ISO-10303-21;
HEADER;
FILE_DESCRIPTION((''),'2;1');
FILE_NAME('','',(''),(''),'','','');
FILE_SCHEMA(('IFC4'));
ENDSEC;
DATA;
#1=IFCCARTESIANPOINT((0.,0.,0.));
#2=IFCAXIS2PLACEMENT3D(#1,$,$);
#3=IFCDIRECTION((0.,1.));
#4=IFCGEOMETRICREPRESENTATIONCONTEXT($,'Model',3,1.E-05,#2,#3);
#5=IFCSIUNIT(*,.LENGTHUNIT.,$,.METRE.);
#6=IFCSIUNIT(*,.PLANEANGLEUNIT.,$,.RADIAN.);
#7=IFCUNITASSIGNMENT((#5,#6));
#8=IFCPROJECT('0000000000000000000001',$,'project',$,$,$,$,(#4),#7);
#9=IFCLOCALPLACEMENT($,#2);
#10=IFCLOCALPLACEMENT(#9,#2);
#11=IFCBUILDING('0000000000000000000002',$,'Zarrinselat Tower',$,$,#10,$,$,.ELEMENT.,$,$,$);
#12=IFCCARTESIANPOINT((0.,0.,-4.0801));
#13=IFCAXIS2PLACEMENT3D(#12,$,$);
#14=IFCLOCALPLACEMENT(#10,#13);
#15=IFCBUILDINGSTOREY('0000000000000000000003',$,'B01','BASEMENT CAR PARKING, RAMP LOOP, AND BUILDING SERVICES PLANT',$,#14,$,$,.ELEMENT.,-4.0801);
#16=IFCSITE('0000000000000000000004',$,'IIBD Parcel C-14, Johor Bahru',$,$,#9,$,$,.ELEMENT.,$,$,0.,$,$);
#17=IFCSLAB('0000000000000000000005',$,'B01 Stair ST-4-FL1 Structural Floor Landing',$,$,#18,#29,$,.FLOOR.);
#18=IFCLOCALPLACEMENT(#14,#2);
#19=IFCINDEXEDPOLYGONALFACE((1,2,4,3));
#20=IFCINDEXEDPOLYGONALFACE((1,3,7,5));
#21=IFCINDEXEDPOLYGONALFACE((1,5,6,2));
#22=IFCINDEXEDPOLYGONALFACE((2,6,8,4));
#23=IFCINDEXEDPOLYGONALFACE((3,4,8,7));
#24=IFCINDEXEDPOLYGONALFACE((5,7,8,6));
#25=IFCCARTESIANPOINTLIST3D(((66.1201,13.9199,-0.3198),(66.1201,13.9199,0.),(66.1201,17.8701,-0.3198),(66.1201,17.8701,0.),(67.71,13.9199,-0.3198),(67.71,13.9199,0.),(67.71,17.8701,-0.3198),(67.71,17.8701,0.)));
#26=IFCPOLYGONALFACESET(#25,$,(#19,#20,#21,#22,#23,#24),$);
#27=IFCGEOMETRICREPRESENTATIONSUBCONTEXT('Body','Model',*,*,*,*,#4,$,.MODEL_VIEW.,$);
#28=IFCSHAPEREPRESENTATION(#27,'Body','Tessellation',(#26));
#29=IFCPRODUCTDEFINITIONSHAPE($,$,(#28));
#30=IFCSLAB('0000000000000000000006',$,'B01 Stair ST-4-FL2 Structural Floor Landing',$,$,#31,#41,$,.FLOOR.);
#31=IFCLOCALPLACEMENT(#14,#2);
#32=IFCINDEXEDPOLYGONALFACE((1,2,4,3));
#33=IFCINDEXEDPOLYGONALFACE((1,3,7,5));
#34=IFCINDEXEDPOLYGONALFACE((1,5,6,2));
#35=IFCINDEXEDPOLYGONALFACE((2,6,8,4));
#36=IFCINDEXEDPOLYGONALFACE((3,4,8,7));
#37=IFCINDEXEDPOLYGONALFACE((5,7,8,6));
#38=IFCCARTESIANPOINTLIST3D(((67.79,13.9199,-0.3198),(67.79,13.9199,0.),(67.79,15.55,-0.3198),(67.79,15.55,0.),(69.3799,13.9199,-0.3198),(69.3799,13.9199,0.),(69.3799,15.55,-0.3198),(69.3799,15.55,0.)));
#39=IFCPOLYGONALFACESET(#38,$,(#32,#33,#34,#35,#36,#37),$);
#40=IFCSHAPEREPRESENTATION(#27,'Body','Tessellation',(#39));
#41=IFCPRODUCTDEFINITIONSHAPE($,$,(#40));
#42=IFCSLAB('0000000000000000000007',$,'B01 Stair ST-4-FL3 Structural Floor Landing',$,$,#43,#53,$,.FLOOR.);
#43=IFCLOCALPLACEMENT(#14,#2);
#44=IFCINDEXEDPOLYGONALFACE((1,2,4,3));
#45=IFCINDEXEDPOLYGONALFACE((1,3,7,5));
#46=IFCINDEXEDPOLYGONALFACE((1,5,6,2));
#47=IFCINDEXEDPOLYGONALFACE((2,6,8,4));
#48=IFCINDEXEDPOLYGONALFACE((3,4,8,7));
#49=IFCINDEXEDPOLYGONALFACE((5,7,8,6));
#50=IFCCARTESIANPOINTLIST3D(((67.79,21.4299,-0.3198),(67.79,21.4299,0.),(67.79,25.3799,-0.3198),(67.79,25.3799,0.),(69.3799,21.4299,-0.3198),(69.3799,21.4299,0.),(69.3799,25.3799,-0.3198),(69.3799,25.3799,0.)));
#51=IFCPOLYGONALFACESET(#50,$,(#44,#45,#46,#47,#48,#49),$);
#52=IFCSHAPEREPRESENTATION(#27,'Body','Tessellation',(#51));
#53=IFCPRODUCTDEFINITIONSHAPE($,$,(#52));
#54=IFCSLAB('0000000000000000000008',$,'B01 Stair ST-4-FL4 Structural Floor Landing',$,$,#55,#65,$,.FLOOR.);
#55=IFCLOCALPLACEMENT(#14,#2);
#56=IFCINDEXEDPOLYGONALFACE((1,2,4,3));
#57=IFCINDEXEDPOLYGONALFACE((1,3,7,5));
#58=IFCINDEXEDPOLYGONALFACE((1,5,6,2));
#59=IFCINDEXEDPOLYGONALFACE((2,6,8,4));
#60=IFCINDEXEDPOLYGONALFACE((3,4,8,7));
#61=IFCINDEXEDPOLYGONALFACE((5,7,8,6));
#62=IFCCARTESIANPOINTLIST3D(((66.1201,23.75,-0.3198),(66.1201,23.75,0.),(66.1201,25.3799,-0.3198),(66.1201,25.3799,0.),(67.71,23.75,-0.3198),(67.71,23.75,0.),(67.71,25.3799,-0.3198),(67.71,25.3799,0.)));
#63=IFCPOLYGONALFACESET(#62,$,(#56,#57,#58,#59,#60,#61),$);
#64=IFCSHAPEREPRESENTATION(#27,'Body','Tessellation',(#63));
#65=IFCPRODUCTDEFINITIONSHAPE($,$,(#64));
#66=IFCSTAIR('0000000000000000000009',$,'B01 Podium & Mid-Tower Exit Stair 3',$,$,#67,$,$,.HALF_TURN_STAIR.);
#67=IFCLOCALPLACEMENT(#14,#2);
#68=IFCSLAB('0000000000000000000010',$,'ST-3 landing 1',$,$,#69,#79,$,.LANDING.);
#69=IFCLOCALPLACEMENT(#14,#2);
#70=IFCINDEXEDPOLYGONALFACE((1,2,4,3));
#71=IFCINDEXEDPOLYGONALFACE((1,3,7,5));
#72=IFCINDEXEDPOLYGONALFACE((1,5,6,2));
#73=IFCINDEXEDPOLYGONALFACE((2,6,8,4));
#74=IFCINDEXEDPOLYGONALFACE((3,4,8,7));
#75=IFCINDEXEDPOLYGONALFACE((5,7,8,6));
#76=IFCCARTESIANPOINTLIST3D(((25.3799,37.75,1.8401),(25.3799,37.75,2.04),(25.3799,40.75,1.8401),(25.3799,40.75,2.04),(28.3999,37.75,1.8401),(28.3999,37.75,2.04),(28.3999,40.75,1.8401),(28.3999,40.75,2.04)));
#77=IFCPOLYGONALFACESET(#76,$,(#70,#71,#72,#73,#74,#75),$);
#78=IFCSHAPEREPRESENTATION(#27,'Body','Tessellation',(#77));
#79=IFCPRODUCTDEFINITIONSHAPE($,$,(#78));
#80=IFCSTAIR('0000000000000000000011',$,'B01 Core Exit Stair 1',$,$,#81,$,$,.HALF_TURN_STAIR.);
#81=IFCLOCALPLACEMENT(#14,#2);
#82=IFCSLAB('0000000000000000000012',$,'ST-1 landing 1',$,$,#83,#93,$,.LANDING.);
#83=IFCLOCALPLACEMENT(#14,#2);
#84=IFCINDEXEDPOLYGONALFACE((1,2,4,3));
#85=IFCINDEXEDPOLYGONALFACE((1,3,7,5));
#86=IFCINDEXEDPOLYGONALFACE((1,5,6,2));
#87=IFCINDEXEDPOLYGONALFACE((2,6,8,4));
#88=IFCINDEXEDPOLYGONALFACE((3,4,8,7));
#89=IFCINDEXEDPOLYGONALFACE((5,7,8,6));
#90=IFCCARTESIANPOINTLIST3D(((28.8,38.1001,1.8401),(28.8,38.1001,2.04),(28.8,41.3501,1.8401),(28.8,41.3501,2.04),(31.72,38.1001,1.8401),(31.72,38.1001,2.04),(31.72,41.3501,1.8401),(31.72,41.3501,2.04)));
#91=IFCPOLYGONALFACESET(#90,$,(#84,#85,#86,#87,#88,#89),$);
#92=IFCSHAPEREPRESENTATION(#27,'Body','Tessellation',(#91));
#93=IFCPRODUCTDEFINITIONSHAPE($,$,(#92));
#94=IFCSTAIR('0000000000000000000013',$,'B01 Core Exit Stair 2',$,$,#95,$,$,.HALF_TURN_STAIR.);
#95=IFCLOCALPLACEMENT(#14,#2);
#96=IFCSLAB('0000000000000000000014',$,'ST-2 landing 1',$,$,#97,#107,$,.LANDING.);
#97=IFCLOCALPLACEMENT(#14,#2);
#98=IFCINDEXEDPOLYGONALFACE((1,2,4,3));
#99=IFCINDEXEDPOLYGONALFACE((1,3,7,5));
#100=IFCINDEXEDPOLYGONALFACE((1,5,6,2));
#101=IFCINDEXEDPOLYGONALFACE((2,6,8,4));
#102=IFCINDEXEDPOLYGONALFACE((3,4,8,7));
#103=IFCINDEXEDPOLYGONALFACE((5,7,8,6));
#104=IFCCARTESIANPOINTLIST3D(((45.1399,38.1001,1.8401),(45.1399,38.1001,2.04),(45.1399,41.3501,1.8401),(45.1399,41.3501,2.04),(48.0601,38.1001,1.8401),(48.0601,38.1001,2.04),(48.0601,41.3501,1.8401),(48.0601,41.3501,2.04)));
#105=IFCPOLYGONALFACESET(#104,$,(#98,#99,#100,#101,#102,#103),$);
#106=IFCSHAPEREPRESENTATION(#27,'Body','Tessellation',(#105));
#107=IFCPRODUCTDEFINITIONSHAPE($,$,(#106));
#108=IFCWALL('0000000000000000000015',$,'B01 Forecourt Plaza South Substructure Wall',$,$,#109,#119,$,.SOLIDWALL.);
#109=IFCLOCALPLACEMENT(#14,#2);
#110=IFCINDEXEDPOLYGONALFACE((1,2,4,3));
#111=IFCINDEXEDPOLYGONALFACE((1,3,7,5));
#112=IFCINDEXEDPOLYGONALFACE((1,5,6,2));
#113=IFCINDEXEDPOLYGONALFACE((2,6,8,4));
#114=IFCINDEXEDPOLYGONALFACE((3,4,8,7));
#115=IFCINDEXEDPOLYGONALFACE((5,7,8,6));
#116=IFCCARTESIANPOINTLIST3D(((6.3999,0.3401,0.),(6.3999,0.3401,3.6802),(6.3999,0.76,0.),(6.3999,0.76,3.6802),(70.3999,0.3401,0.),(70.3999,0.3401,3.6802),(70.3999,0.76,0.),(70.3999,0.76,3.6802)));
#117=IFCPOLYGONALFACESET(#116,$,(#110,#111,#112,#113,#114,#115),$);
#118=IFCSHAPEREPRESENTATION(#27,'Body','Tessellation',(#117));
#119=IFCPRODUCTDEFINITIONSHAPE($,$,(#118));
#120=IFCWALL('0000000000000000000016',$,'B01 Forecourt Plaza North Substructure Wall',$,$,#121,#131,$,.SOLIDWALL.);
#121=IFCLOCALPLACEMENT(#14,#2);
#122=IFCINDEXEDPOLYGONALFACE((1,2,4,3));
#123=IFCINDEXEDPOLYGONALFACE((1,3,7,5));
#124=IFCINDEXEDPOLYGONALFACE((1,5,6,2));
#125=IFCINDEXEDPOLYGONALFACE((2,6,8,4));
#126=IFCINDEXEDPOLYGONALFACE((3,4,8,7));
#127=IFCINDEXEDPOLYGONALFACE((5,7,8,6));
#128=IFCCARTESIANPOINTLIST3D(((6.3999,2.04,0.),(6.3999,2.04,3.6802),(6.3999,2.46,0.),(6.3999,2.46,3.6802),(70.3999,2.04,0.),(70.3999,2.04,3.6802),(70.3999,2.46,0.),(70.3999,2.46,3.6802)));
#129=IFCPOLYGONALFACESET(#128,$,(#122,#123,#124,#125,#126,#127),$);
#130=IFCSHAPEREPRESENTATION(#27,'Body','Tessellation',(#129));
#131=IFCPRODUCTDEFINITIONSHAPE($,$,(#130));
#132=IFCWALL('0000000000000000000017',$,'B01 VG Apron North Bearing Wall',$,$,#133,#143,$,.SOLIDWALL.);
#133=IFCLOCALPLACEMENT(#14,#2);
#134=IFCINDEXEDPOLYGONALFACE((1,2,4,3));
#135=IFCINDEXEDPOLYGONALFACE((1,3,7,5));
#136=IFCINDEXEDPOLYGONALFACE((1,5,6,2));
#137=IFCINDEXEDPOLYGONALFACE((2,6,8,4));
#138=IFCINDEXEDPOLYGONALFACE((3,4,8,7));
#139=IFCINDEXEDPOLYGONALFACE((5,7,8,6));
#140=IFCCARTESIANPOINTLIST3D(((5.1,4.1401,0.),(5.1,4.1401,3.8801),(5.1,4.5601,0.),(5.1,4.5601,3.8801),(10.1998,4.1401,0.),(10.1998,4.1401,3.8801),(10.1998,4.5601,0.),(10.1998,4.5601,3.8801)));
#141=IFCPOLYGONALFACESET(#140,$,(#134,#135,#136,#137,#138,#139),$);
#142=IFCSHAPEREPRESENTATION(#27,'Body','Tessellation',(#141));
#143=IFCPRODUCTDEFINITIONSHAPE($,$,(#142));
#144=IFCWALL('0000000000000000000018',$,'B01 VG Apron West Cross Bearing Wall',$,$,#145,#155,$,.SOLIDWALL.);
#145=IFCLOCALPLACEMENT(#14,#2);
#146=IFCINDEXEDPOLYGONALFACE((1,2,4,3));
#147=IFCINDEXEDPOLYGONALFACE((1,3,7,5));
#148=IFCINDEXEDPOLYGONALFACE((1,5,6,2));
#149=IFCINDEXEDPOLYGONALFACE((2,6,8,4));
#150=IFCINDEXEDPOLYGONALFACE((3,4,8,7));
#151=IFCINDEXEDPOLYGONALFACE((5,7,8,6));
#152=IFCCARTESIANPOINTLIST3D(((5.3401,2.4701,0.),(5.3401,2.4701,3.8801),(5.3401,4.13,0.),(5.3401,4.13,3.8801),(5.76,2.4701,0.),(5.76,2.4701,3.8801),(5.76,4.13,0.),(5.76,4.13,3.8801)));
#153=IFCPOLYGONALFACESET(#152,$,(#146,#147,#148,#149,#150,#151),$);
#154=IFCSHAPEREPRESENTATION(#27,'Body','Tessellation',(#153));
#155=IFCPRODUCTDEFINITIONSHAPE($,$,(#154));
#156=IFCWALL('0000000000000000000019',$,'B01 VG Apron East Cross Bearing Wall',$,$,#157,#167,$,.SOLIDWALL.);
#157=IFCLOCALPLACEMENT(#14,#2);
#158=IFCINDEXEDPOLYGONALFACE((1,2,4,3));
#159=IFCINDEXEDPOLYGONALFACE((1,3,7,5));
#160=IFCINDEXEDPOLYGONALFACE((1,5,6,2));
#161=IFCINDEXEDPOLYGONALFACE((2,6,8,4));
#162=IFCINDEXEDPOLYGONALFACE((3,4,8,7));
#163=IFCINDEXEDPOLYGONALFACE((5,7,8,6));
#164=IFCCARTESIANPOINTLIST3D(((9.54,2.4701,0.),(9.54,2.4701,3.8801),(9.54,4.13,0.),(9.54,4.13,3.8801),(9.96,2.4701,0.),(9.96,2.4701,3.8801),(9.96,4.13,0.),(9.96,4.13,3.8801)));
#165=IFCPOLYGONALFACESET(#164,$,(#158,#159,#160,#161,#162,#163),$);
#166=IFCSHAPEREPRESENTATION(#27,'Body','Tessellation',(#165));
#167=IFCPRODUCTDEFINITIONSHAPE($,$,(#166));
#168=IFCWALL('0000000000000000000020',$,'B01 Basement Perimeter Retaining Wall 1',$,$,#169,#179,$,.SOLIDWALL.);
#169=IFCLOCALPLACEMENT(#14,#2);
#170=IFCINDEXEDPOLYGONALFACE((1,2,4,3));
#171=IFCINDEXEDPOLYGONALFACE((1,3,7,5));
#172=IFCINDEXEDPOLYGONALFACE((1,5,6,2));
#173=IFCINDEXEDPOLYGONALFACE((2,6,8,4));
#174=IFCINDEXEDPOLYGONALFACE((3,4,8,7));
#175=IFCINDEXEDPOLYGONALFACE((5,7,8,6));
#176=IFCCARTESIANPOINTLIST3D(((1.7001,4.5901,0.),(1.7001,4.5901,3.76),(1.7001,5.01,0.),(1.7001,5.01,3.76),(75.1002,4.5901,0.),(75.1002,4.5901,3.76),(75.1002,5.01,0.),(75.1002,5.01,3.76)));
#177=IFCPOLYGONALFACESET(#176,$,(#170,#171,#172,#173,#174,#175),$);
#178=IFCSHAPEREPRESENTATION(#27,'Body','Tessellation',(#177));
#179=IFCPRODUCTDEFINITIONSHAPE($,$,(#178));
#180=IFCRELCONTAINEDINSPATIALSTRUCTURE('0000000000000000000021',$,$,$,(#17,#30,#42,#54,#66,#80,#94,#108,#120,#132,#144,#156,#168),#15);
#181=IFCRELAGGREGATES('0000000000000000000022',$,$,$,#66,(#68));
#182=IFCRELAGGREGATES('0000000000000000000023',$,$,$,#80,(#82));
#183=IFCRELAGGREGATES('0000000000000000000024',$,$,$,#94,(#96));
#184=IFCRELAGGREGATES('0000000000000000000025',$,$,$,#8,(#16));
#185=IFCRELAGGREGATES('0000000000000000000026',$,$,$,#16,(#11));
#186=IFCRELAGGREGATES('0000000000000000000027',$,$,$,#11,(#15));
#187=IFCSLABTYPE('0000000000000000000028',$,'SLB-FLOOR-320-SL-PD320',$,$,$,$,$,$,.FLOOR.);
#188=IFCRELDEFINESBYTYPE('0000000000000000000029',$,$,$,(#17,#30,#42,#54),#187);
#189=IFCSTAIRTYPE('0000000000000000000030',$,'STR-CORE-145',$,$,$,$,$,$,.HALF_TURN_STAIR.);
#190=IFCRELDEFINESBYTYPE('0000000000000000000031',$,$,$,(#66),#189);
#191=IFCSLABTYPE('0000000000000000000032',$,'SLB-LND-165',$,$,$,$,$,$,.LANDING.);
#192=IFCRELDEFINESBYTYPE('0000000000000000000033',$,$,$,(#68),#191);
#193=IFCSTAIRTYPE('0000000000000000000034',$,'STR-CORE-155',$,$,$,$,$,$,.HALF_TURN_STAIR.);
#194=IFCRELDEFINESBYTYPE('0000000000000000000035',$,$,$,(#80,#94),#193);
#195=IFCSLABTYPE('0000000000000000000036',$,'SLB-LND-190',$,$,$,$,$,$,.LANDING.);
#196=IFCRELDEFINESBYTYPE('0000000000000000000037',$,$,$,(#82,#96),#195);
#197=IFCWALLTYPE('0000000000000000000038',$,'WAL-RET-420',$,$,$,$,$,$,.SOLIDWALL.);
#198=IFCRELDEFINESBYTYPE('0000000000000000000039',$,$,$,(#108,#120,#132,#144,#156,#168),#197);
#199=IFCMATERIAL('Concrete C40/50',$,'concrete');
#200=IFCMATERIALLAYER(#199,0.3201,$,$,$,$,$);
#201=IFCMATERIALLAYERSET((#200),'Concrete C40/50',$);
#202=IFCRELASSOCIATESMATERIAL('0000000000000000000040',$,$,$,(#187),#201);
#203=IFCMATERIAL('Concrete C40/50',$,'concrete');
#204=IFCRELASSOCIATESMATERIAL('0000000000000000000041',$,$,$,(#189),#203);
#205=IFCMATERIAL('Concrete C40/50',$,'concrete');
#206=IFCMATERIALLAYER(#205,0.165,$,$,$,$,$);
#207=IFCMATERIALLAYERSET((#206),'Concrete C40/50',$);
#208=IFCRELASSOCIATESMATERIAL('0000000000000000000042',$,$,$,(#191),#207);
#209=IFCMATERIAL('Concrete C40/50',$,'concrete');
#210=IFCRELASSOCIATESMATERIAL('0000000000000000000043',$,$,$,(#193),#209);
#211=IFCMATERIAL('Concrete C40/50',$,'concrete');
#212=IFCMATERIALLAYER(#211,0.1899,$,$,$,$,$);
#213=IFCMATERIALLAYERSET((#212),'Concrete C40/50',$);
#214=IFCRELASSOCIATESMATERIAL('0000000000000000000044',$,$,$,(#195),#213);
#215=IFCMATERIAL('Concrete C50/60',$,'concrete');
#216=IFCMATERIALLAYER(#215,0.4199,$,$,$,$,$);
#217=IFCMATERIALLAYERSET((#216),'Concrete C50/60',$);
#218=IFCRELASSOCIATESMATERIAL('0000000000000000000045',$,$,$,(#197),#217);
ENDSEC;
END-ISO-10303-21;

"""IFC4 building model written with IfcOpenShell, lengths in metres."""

from ifc_helpers import new_model, si_unit, direction, frame, frame_2d, origin, place, context, subcontext, project, spatial, polyline, rectangle, outline, extrude, material, layer, layer_set, type_object, element, aggregate, save


model = new_model("IFC4")

# Units and contexts
model_context = context("Model", 3, precision=1e-05, world=origin(), true_north=direction((0.0, 1.0)))
body_context = subcontext(model_context, "Body", "Model", "MODEL_VIEW")
ifc_project = project(units=[si_unit("LENGTHUNIT", "METRE"), si_unit("PLANEANGLEUNIT", "RADIAN")], contexts=[model_context])

# Site, building, storey
site_placement = place(None, origin())
site = spatial("IfcSite", under=ifc_project, at=site_placement, Name="IIBD Parcel C-14, Johor Bahru", CompositionType="ELEMENT", RefElevation=0.0)
building_placement = place(site_placement, origin())
building = spatial("IfcBuilding", under=site, at=building_placement, Name="Zarrinselat Tower", CompositionType="ELEMENT")
storey_placement = place(building_placement, frame((0.0, 0.0, -4.0801)))
storey = spatial("IfcBuildingStorey", under=building, at=storey_placement, Name="B01", Description="BASEMENT CAR PARKING, RAMP LOOP, AND BUILDING SERVICES PLANT", CompositionType="ELEMENT", Elevation=-4.0801)

# Slabs
ifc_material_1 = material(Name="Concrete C40/50", Category="concrete")
ifc_layer_1 = layer(ifc_material_1, 0.3201)
ifc_layer_set_1 = layer_set([ifc_layer_1], Name="Concrete C40/50")
slab_type_1 = type_object("IfcSlabType", Name="SLB-FLOOR-320-SL-PD320", PredefinedType="FLOOR", material=ifc_layer_set_1)
slab_1_placement = place(storey_placement, frame((0.0, 0.0, -0.3198)))
element("IfcSlab", 1, at=slab_1_placement, inside=storey, type_object=slab_type_1, Name="B01 Stair ST-4-FL1 Structural Floor Landing", PredefinedType="FLOOR", context=body_context, shape_type="SweptSolid", body=[
    extrude(outline(polyline([(67.71, 13.9199), (67.71, 17.8701), (66.1201, 17.8701), (66.1201, 13.9199), (67.71, 13.9199)])), origin(), (0.0, 0.0, 1.0), 0.3198),
])
slab_2_placement = place(storey_placement, frame((0.0, 0.0, -0.3198)))
element("IfcSlab", 2, at=slab_2_placement, inside=storey, type_object=slab_type_1, Name="B01 Stair ST-4-FL2 Structural Floor Landing", PredefinedType="FLOOR", context=body_context, shape_type="SweptSolid", body=[
    extrude(outline(polyline([(69.3799, 13.9199), (69.3799, 15.55), (67.79, 15.55), (67.79, 13.9199), (69.3799, 13.9199)])), origin(), (0.0, 0.0, 1.0), 0.3198),
])
slab_3_placement = place(storey_placement, frame((0.0, 0.0, -0.3198)))
element("IfcSlab", 3, at=slab_3_placement, inside=storey, type_object=slab_type_1, Name="B01 Stair ST-4-FL3 Structural Floor Landing", PredefinedType="FLOOR", context=body_context, shape_type="SweptSolid", body=[
    extrude(outline(polyline([(69.3799, 21.4299), (69.3799, 25.3799), (67.79, 25.3799), (67.79, 21.4299), (69.3799, 21.4299)])), origin(), (0.0, 0.0, 1.0), 0.3198),
])
slab_4_placement = place(storey_placement, frame((0.0, 0.0, -0.3198)))
element("IfcSlab", 4, at=slab_4_placement, inside=storey, type_object=slab_type_1, Name="B01 Stair ST-4-FL4 Structural Floor Landing", PredefinedType="FLOOR", context=body_context, shape_type="SweptSolid", body=[
    extrude(outline(polyline([(67.71, 23.75), (67.71, 25.3799), (66.1201, 25.3799), (66.1201, 23.75), (67.71, 23.75)])), origin(), (0.0, 0.0, 1.0), 0.3198),
])

# Stairs, slabs
ifc_material_2 = material(Name="Concrete C40/50", Category="concrete")
stair_type_1 = type_object("IfcStairType", Name="STR-CORE-145", PredefinedType="HALF_TURN_STAIR", material=ifc_material_2)
stair_1_placement = place(storey_placement, origin())
stair_1 = element("IfcStair", 5, at=stair_1_placement, inside=storey, type_object=stair_type_1, Name="B01 Podium & Mid-Tower Exit Stair 3", PredefinedType="HALF_TURN_STAIR")
ifc_material_3 = material(Name="Concrete C40/50", Category="concrete")
ifc_layer_2 = layer(ifc_material_3, 0.165)
ifc_layer_set_2 = layer_set([ifc_layer_2], Name="Concrete C40/50")
slab_type_2 = type_object("IfcSlabType", Name="SLB-LND-165", PredefinedType="LANDING", material=ifc_layer_set_2)
slab_5_placement = place(storey_placement, frame((0.0, 0.0, 1.8401)))
slab_5 = element("IfcSlab", 6, at=slab_5_placement, type_object=slab_type_2, Name="ST-3 landing 1", PredefinedType="LANDING", context=body_context, shape_type="SweptSolid", body=[
    extrude(outline(polyline([(28.3999, 37.75), (28.3999, 40.75), (25.3799, 40.75), (25.3799, 37.75), (28.3999, 37.75)])), origin(), (0.0, 0.0, 1.0), 0.2),
])
aggregate(stair_1, [slab_5])
ifc_material_4 = material(Name="Concrete C40/50", Category="concrete")
stair_type_2 = type_object("IfcStairType", Name="STR-CORE-155", PredefinedType="HALF_TURN_STAIR", material=ifc_material_4)
stair_2_placement = place(storey_placement, origin())
stair_2 = element("IfcStair", 7, at=stair_2_placement, inside=storey, type_object=stair_type_2, Name="B01 Core Exit Stair 1", PredefinedType="HALF_TURN_STAIR")
ifc_material_5 = material(Name="Concrete C40/50", Category="concrete")
ifc_layer_3 = layer(ifc_material_5, 0.1899)
ifc_layer_set_3 = layer_set([ifc_layer_3], Name="Concrete C40/50")
slab_type_3 = type_object("IfcSlabType", Name="SLB-LND-190", PredefinedType="LANDING", material=ifc_layer_set_3)
slab_6_placement = place(storey_placement, frame((0.0, 0.0, 1.8401)))
slab_6 = element("IfcSlab", 8, at=slab_6_placement, type_object=slab_type_3, Name="ST-1 landing 1", PredefinedType="LANDING", context=body_context, shape_type="SweptSolid", body=[
    extrude(outline(polyline([(31.72, 38.1001), (31.72, 41.3501), (28.8, 41.3501), (28.8, 38.1001), (31.72, 38.1001)])), origin(), (0.0, 0.0, 1.0), 0.2),
])
aggregate(stair_2, [slab_6])
stair_3_placement = place(storey_placement, origin())
stair_3 = element("IfcStair", 9, at=stair_3_placement, inside=storey, type_object=stair_type_2, Name="B01 Core Exit Stair 2", PredefinedType="HALF_TURN_STAIR")
slab_7_placement = place(storey_placement, frame((0.0, 0.0, 1.8401)))
slab_7 = element("IfcSlab", 10, at=slab_7_placement, type_object=slab_type_3, Name="ST-2 landing 1", PredefinedType="LANDING", context=body_context, shape_type="SweptSolid", body=[
    extrude(outline(polyline([(48.0601, 38.1001), (48.0601, 41.3501), (45.1399, 41.3501), (45.1399, 38.1001), (48.0601, 38.1001)])), origin(), (0.0, 0.0, 1.0), 0.2),
])
aggregate(stair_3, [slab_7])

# Walls
ifc_material_6 = material(Name="Concrete C50/60", Category="concrete")
ifc_layer_4 = layer(ifc_material_6, 0.4199)
ifc_layer_set_4 = layer_set([ifc_layer_4], Name="Concrete C50/60")
wall_type = type_object("IfcWallType", Name="WAL-RET-420", PredefinedType="SOLIDWALL", material=ifc_layer_set_4)
for number, where, z_axis, x_axis, name in (
    (11, (6.3999, 0.55, 0.0), (0.0, 0.0, 1.0), (1.0, 0.0, 0.0), "B01 Forecourt Plaza South Substructure Wall"),
    (12, (6.3999, 2.25, 0.0), (0.0, 0.0, 1.0), (1.0, 0.0, 0.0), "B01 Forecourt Plaza North Substructure Wall"),
):
    element("IfcWall", number, at=place(storey_placement, frame(where, z_axis=z_axis, x_axis=x_axis)), inside=storey, type_object=wall_type, Name=name, PredefinedType="SOLIDWALL", context=body_context, shape_type="SweptSolid", body=[
        extrude(rectangle(XDim=64.0, YDim=0.4199, at=frame_2d((32.0, 0.0))), origin(), (0.0, 0.0, 1.0), 3.6802),
    ])
wall_1_placement = place(storey_placement, frame((5.1001, 4.3501, 0.0), z_axis=(0.0, 0.0, 1.0), x_axis=(1.0, 0.0, 0.0)))
element("IfcWall", 13, at=wall_1_placement, inside=storey, type_object=wall_type, Name="B01 VG Apron North Bearing Wall", PredefinedType="SOLIDWALL", context=body_context, shape_type="SweptSolid", body=[
    extrude(rectangle(XDim=5.0999, YDim=0.4199, at=frame_2d((2.5498, 0.0))), origin(), (0.0, 0.0, 1.0), 3.8801),
])
for number, where, z_axis, x_axis, name in (
    (14, (5.55, 2.47, 0.0), (0.0, 0.0, 1.0), (0.0, 1.0, 0.0), "B01 VG Apron West Cross Bearing Wall"),
    (15, (9.75, 2.47, 0.0), (0.0, 0.0, 1.0), (0.0, 1.0, 0.0), "B01 VG Apron East Cross Bearing Wall"),
):
    element("IfcWall", number, at=place(storey_placement, frame(where, z_axis=z_axis, x_axis=x_axis)), inside=storey, type_object=wall_type, Name=name, PredefinedType="SOLIDWALL", context=body_context, shape_type="SweptSolid", body=[
        extrude(rectangle(XDim=1.6599, YDim=0.4199, at=frame_2d((0.8301, 0.0))), origin(), (0.0, 0.0, 1.0), 3.8801),
    ])
wall_2_placement = place(storey_placement, frame((1.7, 4.8, 0.0), z_axis=(0.0, 0.0, 1.0), x_axis=(1.0, 0.0, 0.0)))
element("IfcWall", 16, at=wall_2_placement, inside=storey, type_object=wall_type, Name="B01 Basement Perimeter Retaining Wall 1", PredefinedType="SOLIDWALL", context=body_context, shape_type="SweptSolid", body=[
    extrude(rectangle(XDim=73.4001, YDim=0.4199, at=frame_2d((36.7002, 0.0))), origin(), (0.0, 0.0, 1.0), 3.76),
])

save(model, "model.ifc")
